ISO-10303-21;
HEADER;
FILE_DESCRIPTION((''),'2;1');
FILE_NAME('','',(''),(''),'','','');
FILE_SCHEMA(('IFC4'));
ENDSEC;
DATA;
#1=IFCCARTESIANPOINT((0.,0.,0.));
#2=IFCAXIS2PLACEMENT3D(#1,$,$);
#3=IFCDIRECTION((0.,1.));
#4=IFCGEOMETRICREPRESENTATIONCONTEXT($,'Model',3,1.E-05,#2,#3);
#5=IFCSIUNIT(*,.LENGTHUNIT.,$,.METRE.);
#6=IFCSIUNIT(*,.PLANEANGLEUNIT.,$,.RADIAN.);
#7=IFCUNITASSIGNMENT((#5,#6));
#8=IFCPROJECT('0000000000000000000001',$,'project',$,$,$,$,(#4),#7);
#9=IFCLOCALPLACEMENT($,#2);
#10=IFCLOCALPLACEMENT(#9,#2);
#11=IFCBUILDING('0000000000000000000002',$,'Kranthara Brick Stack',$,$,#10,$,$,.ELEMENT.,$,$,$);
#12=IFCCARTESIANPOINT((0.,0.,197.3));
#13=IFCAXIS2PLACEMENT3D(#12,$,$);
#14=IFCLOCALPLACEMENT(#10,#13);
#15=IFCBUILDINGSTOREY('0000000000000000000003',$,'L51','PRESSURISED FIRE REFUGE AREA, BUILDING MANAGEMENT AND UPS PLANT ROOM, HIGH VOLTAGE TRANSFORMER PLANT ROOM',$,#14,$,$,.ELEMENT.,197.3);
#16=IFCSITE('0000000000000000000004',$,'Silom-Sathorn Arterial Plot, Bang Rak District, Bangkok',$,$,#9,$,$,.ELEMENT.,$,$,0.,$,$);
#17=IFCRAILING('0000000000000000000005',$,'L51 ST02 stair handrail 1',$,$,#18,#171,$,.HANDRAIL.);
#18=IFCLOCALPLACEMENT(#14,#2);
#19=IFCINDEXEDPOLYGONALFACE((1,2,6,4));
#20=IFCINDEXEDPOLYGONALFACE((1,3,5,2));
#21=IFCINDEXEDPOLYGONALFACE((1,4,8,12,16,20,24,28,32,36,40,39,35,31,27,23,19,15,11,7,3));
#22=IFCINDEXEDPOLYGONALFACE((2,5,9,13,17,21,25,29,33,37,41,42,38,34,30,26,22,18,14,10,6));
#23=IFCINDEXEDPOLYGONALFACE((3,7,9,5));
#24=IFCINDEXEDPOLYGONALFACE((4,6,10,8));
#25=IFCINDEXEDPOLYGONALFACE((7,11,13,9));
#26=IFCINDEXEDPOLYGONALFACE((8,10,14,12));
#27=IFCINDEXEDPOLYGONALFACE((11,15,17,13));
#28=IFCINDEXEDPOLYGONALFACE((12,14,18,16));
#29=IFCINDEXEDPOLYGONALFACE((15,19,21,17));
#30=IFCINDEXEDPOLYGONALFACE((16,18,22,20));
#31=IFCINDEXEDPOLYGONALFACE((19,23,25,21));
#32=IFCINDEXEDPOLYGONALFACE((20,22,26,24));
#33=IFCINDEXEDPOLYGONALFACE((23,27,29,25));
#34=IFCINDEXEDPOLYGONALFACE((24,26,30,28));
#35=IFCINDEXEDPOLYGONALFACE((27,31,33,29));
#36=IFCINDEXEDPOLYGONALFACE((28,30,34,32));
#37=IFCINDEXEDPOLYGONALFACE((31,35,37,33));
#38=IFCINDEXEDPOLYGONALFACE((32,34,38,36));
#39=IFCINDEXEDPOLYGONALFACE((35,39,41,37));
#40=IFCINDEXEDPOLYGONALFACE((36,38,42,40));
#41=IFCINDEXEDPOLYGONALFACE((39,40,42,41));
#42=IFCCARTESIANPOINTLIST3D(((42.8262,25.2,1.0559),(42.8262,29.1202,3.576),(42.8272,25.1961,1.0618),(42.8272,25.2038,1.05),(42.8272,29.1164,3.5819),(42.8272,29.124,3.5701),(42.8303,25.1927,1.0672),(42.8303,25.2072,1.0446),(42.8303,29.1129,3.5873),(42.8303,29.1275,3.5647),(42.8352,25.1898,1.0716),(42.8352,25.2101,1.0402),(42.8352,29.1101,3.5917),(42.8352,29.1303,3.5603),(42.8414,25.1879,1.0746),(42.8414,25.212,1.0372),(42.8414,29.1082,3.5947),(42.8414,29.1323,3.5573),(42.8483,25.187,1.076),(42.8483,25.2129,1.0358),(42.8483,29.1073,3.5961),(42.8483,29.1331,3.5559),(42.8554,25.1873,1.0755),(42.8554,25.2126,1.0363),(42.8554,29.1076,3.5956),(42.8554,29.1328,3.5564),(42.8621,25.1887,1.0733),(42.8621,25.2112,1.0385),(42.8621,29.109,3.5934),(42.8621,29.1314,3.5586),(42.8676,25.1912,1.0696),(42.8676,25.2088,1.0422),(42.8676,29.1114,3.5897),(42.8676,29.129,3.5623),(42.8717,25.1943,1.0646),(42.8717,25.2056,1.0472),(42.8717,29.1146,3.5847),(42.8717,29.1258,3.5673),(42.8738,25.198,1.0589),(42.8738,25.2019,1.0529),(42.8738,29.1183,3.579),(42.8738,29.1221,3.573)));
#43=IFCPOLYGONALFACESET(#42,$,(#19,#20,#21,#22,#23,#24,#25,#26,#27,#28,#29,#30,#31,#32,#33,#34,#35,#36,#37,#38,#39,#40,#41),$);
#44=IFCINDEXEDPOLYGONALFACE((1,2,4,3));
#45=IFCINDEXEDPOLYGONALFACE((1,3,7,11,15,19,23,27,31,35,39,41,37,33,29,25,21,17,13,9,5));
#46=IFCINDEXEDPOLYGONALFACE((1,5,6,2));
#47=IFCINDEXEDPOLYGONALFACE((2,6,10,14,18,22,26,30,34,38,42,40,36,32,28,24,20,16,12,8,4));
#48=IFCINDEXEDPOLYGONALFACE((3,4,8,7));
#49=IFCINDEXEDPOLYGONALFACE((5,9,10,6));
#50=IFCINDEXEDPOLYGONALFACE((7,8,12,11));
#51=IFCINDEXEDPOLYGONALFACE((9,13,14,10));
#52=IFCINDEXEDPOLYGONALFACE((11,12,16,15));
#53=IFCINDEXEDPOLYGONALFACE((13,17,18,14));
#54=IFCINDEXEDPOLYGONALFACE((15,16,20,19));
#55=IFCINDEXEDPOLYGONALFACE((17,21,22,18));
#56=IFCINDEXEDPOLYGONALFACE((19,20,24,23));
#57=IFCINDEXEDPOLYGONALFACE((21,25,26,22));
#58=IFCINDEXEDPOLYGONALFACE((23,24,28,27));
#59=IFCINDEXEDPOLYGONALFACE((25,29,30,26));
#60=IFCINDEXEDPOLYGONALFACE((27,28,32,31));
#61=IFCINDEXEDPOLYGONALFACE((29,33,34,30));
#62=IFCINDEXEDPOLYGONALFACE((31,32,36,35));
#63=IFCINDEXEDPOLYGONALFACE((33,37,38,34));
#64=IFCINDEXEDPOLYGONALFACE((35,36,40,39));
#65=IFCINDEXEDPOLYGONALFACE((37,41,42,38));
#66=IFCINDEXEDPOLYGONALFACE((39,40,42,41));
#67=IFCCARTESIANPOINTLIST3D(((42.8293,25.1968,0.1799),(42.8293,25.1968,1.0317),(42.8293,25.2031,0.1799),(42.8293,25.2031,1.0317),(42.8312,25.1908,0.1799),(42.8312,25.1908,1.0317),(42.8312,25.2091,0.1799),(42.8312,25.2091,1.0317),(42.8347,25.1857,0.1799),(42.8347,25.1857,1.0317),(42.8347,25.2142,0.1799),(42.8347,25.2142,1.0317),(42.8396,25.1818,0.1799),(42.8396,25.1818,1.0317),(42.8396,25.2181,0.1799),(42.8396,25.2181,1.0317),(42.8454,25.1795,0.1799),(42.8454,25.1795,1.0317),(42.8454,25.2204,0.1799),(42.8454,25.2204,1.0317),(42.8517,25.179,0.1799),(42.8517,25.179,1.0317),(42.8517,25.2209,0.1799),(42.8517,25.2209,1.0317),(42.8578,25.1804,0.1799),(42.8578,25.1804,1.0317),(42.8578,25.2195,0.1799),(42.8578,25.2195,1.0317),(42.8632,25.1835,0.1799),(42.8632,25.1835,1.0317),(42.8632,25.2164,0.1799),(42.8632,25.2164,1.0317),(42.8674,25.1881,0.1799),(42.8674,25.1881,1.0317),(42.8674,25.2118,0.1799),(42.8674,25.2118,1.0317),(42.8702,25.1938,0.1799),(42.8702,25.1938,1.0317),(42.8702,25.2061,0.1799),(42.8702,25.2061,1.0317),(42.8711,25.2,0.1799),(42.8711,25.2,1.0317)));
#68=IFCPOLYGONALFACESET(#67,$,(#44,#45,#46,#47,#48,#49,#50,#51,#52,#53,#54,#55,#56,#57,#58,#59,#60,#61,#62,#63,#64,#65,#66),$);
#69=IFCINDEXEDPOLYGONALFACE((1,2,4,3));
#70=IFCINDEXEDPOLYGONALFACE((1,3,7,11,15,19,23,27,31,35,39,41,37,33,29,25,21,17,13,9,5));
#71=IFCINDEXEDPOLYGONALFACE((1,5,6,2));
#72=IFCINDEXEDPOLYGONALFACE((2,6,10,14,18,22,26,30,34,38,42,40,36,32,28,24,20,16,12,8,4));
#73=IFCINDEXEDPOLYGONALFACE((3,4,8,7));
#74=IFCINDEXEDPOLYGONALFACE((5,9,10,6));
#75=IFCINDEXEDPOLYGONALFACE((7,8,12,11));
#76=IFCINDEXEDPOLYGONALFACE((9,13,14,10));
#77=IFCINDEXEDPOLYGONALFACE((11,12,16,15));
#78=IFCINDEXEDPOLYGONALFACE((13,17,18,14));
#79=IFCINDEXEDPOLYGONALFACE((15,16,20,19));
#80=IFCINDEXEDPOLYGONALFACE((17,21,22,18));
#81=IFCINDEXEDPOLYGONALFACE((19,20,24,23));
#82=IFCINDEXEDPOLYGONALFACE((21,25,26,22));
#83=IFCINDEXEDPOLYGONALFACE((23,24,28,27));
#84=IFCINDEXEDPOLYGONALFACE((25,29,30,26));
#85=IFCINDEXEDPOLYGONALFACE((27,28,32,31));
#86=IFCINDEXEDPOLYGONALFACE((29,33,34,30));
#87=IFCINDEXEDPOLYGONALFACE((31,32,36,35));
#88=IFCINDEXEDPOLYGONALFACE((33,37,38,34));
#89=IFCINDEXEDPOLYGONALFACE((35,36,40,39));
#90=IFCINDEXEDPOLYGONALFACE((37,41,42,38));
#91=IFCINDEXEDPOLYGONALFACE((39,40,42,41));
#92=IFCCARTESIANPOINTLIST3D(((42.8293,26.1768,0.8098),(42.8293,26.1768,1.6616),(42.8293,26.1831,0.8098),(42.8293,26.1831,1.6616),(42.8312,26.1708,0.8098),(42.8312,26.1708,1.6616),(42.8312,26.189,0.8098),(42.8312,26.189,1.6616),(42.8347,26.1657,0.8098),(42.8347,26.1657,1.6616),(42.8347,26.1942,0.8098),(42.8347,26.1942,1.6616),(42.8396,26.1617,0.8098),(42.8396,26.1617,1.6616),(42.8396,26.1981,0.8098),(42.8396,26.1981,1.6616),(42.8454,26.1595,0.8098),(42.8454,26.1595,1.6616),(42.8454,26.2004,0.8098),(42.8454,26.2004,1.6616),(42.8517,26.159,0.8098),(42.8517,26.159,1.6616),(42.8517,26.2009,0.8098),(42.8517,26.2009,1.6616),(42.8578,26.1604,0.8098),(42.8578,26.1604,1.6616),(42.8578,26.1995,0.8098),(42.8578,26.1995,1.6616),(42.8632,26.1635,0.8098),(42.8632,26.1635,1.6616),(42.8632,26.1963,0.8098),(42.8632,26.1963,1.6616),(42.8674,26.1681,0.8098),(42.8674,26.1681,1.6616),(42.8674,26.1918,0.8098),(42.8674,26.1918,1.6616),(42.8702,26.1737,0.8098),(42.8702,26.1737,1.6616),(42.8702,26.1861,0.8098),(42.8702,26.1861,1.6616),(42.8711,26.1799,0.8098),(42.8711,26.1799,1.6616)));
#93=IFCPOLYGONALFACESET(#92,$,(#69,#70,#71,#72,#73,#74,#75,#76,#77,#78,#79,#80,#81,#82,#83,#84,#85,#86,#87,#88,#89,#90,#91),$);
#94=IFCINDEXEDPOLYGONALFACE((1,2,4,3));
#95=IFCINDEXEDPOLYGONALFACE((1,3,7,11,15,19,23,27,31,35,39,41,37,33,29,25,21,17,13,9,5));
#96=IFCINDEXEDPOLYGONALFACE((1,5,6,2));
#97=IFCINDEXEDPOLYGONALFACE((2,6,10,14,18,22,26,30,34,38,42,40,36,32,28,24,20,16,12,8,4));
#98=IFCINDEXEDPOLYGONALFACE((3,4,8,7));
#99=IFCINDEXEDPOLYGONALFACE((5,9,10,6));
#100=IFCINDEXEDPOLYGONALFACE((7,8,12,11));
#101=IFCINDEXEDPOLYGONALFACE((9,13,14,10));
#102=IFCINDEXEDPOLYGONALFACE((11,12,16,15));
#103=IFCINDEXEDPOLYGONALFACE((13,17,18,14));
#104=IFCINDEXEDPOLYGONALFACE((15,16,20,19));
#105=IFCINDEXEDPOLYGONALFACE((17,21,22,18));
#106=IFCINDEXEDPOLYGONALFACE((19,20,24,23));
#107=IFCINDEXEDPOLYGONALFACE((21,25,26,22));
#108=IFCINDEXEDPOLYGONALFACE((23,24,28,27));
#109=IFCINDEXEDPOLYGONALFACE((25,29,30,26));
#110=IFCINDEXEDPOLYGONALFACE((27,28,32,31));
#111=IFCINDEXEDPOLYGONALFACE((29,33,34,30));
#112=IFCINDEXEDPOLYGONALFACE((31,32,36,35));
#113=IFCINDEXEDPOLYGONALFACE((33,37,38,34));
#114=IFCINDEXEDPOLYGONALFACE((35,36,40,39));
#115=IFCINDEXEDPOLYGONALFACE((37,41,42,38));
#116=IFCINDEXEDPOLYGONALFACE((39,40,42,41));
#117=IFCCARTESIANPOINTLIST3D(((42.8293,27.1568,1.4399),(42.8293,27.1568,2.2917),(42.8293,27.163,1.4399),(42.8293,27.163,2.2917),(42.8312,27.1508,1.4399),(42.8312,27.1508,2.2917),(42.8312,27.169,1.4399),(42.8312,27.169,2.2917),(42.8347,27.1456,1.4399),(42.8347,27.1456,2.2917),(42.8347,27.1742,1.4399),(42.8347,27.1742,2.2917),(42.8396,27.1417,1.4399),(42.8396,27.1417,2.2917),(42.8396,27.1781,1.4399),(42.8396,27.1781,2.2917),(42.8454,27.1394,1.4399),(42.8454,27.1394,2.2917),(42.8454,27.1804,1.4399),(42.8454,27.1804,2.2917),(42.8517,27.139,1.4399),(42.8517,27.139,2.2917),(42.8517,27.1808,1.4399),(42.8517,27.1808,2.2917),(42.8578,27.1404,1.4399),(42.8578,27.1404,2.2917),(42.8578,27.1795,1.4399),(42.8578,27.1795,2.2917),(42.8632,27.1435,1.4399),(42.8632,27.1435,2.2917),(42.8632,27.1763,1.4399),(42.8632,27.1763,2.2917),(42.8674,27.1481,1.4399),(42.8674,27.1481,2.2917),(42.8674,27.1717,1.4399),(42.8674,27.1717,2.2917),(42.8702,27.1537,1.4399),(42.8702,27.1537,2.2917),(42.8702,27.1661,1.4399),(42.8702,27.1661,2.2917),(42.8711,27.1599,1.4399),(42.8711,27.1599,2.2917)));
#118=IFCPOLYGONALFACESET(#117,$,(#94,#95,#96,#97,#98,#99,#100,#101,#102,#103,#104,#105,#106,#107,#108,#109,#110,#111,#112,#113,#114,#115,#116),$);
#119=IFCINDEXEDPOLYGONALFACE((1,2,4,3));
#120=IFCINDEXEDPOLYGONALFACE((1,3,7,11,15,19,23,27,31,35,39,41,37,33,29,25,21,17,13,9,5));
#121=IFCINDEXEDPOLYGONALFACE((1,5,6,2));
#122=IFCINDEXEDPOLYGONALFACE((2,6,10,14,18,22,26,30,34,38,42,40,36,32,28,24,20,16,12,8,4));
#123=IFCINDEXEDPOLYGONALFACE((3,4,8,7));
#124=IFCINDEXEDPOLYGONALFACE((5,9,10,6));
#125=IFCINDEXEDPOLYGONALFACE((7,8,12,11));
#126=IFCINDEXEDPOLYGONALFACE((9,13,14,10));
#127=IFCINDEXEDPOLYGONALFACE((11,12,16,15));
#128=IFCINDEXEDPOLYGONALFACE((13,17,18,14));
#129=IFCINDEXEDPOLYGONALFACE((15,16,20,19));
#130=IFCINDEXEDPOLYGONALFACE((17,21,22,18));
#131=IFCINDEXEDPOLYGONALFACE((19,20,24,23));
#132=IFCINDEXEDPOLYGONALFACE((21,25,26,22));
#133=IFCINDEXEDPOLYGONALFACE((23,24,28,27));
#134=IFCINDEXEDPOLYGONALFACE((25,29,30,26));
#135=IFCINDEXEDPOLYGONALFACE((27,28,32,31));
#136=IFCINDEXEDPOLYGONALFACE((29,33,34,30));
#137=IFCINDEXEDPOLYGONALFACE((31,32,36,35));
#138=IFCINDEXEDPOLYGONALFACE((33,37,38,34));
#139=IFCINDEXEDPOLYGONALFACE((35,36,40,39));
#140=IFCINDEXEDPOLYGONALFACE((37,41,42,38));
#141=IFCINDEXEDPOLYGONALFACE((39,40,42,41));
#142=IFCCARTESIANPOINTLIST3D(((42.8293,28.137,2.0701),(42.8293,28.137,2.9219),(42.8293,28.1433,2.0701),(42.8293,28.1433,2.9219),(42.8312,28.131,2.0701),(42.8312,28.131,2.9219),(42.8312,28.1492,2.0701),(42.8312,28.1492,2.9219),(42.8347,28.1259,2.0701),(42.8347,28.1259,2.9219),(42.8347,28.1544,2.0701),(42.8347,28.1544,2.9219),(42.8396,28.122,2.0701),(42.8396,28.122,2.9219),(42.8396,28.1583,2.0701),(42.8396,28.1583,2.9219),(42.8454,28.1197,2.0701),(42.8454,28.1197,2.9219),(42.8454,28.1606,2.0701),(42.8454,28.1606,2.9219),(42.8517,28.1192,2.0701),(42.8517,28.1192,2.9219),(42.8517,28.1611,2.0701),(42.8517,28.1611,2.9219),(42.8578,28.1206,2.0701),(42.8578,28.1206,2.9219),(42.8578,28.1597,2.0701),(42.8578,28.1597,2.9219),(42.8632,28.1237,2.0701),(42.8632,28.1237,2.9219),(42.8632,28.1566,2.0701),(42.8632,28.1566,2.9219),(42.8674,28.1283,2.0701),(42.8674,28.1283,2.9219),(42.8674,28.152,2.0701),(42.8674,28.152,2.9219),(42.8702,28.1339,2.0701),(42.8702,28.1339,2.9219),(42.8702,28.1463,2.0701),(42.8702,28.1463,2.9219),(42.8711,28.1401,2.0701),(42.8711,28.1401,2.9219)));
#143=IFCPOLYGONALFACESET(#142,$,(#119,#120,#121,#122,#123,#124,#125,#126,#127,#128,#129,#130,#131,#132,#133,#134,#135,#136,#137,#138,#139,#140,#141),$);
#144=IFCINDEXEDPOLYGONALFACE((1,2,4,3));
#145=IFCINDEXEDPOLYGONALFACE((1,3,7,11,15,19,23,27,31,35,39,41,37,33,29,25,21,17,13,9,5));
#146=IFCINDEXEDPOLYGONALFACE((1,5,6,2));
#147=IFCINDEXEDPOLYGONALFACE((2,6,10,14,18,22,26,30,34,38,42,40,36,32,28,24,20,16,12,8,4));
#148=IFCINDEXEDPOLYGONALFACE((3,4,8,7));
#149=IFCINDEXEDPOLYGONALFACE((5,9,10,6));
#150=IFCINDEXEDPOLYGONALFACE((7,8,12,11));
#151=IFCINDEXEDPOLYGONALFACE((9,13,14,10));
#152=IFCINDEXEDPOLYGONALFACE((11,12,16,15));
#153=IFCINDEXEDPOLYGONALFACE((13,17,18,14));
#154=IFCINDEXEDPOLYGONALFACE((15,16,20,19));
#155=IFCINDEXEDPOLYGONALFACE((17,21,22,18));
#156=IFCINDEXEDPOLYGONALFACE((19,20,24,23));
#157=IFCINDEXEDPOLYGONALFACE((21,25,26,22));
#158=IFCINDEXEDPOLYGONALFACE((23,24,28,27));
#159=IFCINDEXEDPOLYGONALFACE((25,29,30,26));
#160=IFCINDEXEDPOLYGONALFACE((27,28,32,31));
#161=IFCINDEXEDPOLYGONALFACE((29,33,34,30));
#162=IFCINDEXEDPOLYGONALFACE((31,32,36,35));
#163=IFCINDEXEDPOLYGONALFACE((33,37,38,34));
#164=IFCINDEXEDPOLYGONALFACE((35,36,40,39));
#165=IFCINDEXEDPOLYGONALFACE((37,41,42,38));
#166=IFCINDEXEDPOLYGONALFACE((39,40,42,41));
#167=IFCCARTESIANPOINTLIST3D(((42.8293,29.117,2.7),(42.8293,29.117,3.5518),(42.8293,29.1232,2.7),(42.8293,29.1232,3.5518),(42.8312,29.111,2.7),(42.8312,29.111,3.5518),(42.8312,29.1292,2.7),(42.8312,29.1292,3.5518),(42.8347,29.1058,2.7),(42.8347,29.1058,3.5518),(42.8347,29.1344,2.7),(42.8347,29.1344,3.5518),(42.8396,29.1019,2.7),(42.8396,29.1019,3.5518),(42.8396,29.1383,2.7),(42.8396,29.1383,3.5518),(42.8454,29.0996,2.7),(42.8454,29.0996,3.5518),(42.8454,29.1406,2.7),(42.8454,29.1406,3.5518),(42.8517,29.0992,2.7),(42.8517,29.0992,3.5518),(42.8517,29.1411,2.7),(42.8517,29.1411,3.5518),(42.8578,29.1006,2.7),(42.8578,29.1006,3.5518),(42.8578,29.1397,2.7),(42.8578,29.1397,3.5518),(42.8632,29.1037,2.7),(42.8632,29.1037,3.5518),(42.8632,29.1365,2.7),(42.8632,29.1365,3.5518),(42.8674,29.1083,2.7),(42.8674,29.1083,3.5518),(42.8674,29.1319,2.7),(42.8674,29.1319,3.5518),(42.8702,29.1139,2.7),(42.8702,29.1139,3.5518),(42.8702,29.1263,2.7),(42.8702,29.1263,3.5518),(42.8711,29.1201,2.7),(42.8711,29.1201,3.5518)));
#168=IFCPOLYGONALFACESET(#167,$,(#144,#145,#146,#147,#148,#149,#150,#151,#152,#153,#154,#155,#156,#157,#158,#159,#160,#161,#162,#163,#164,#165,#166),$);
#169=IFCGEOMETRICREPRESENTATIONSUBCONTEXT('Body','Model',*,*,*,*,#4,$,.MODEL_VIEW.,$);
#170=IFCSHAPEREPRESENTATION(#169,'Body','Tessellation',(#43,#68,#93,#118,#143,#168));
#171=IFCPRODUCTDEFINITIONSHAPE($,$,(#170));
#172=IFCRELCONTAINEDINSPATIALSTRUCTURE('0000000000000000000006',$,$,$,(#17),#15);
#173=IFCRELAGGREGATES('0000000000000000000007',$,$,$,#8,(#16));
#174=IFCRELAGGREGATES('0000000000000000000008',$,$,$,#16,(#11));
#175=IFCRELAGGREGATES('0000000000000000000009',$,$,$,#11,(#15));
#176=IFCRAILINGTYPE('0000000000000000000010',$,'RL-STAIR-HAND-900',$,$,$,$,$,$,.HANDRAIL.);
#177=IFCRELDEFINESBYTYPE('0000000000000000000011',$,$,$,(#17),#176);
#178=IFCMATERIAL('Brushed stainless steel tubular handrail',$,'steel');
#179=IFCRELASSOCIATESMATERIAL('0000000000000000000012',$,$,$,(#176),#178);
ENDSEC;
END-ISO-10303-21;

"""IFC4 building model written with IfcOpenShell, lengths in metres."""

from ifc_helpers import new_model, si_unit, direction, frame, origin, origin_2d, place, context, subcontext, project, spatial, circle, extrude, material, type_object, element, save


model = new_model("IFC4")

# Units and contexts
model_context = context("Model", 3, precision=1e-05, world=origin(), true_north=direction((0.0, 1.0)))
body_context = subcontext(model_context, "Body", "Model", "MODEL_VIEW")
ifc_project = project(units=[si_unit("LENGTHUNIT", "METRE"), si_unit("PLANEANGLEUNIT", "RADIAN")], contexts=[model_context])

# Site, building, storey
site_placement = place(None, origin())
site = spatial("IfcSite", under=ifc_project, at=site_placement, Name="Silom-Sathorn Arterial Plot, Bang Rak District, Bangkok", CompositionType="ELEMENT", RefElevation=0.0)
building_placement = place(site_placement, origin())
building = spatial("IfcBuilding", under=site, at=building_placement, Name="Kranthara Brick Stack", CompositionType="ELEMENT")
storey_placement = place(building_placement, frame((0.0, 0.0, 197.3)))
storey = spatial("IfcBuildingStorey", under=building, at=storey_placement, Name="L51", Description="PRESSURISED FIRE REFUGE AREA, BUILDING MANAGEMENT AND UPS PLANT ROOM, HIGH VOLTAGE TRANSFORMER PLANT ROOM", CompositionType="ELEMENT", Elevation=197.3)

# Railing
ifc_material_1 = material(Name="Brushed stainless steel tubular handrail", Category="steel")
railing_type_1 = type_object("IfcRailingType", Name="RL-STAIR-HAND-900", PredefinedType="HANDRAIL", material=ifc_material_1)
railing_1_placement = place(storey_placement, frame((42.8501, 25.2, 0.1799)))
element("IfcRailing", 1, at=railing_1_placement, inside=storey, type_object=railing_type_1, Name="L51 ST02 stair handrail 1", PredefinedType="HANDRAIL", context=body_context, shape_type="SweptSolid", body=[
    extrude(circle(Radius=0.0239, at=origin_2d()), frame((0.0, 0.0, 0.876), z_axis=(0.0, 0.841187, 0.540744), x_axis=(-1.0, 0.0, 0.0)), (0.0, 0.0, 1.0), 4.6604),
    extrude(circle(Radius=0.021, at=origin_2d()), origin(), (0.0, 0.0, 1.0), 0.8518),
    extrude(circle(Radius=0.021, at=origin_2d()), frame((0.0, 0.98, 0.6299)), (0.0, 0.0, 1.0), 0.8518),
    extrude(circle(Radius=0.021, at=origin_2d()), frame((0.0, 1.96, 1.26)), (0.0, 0.0, 1.0), 0.8518),
    extrude(circle(Radius=0.021, at=origin_2d()), frame((0.0, 2.9402, 1.8901)), (0.0, 0.0, 1.0), 0.8518),
    extrude(circle(Radius=0.021, at=origin_2d()), frame((0.0, 3.9202, 2.52)), (0.0, 0.0, 1.0), 0.8518),
])

save(model, "model.ifc")
